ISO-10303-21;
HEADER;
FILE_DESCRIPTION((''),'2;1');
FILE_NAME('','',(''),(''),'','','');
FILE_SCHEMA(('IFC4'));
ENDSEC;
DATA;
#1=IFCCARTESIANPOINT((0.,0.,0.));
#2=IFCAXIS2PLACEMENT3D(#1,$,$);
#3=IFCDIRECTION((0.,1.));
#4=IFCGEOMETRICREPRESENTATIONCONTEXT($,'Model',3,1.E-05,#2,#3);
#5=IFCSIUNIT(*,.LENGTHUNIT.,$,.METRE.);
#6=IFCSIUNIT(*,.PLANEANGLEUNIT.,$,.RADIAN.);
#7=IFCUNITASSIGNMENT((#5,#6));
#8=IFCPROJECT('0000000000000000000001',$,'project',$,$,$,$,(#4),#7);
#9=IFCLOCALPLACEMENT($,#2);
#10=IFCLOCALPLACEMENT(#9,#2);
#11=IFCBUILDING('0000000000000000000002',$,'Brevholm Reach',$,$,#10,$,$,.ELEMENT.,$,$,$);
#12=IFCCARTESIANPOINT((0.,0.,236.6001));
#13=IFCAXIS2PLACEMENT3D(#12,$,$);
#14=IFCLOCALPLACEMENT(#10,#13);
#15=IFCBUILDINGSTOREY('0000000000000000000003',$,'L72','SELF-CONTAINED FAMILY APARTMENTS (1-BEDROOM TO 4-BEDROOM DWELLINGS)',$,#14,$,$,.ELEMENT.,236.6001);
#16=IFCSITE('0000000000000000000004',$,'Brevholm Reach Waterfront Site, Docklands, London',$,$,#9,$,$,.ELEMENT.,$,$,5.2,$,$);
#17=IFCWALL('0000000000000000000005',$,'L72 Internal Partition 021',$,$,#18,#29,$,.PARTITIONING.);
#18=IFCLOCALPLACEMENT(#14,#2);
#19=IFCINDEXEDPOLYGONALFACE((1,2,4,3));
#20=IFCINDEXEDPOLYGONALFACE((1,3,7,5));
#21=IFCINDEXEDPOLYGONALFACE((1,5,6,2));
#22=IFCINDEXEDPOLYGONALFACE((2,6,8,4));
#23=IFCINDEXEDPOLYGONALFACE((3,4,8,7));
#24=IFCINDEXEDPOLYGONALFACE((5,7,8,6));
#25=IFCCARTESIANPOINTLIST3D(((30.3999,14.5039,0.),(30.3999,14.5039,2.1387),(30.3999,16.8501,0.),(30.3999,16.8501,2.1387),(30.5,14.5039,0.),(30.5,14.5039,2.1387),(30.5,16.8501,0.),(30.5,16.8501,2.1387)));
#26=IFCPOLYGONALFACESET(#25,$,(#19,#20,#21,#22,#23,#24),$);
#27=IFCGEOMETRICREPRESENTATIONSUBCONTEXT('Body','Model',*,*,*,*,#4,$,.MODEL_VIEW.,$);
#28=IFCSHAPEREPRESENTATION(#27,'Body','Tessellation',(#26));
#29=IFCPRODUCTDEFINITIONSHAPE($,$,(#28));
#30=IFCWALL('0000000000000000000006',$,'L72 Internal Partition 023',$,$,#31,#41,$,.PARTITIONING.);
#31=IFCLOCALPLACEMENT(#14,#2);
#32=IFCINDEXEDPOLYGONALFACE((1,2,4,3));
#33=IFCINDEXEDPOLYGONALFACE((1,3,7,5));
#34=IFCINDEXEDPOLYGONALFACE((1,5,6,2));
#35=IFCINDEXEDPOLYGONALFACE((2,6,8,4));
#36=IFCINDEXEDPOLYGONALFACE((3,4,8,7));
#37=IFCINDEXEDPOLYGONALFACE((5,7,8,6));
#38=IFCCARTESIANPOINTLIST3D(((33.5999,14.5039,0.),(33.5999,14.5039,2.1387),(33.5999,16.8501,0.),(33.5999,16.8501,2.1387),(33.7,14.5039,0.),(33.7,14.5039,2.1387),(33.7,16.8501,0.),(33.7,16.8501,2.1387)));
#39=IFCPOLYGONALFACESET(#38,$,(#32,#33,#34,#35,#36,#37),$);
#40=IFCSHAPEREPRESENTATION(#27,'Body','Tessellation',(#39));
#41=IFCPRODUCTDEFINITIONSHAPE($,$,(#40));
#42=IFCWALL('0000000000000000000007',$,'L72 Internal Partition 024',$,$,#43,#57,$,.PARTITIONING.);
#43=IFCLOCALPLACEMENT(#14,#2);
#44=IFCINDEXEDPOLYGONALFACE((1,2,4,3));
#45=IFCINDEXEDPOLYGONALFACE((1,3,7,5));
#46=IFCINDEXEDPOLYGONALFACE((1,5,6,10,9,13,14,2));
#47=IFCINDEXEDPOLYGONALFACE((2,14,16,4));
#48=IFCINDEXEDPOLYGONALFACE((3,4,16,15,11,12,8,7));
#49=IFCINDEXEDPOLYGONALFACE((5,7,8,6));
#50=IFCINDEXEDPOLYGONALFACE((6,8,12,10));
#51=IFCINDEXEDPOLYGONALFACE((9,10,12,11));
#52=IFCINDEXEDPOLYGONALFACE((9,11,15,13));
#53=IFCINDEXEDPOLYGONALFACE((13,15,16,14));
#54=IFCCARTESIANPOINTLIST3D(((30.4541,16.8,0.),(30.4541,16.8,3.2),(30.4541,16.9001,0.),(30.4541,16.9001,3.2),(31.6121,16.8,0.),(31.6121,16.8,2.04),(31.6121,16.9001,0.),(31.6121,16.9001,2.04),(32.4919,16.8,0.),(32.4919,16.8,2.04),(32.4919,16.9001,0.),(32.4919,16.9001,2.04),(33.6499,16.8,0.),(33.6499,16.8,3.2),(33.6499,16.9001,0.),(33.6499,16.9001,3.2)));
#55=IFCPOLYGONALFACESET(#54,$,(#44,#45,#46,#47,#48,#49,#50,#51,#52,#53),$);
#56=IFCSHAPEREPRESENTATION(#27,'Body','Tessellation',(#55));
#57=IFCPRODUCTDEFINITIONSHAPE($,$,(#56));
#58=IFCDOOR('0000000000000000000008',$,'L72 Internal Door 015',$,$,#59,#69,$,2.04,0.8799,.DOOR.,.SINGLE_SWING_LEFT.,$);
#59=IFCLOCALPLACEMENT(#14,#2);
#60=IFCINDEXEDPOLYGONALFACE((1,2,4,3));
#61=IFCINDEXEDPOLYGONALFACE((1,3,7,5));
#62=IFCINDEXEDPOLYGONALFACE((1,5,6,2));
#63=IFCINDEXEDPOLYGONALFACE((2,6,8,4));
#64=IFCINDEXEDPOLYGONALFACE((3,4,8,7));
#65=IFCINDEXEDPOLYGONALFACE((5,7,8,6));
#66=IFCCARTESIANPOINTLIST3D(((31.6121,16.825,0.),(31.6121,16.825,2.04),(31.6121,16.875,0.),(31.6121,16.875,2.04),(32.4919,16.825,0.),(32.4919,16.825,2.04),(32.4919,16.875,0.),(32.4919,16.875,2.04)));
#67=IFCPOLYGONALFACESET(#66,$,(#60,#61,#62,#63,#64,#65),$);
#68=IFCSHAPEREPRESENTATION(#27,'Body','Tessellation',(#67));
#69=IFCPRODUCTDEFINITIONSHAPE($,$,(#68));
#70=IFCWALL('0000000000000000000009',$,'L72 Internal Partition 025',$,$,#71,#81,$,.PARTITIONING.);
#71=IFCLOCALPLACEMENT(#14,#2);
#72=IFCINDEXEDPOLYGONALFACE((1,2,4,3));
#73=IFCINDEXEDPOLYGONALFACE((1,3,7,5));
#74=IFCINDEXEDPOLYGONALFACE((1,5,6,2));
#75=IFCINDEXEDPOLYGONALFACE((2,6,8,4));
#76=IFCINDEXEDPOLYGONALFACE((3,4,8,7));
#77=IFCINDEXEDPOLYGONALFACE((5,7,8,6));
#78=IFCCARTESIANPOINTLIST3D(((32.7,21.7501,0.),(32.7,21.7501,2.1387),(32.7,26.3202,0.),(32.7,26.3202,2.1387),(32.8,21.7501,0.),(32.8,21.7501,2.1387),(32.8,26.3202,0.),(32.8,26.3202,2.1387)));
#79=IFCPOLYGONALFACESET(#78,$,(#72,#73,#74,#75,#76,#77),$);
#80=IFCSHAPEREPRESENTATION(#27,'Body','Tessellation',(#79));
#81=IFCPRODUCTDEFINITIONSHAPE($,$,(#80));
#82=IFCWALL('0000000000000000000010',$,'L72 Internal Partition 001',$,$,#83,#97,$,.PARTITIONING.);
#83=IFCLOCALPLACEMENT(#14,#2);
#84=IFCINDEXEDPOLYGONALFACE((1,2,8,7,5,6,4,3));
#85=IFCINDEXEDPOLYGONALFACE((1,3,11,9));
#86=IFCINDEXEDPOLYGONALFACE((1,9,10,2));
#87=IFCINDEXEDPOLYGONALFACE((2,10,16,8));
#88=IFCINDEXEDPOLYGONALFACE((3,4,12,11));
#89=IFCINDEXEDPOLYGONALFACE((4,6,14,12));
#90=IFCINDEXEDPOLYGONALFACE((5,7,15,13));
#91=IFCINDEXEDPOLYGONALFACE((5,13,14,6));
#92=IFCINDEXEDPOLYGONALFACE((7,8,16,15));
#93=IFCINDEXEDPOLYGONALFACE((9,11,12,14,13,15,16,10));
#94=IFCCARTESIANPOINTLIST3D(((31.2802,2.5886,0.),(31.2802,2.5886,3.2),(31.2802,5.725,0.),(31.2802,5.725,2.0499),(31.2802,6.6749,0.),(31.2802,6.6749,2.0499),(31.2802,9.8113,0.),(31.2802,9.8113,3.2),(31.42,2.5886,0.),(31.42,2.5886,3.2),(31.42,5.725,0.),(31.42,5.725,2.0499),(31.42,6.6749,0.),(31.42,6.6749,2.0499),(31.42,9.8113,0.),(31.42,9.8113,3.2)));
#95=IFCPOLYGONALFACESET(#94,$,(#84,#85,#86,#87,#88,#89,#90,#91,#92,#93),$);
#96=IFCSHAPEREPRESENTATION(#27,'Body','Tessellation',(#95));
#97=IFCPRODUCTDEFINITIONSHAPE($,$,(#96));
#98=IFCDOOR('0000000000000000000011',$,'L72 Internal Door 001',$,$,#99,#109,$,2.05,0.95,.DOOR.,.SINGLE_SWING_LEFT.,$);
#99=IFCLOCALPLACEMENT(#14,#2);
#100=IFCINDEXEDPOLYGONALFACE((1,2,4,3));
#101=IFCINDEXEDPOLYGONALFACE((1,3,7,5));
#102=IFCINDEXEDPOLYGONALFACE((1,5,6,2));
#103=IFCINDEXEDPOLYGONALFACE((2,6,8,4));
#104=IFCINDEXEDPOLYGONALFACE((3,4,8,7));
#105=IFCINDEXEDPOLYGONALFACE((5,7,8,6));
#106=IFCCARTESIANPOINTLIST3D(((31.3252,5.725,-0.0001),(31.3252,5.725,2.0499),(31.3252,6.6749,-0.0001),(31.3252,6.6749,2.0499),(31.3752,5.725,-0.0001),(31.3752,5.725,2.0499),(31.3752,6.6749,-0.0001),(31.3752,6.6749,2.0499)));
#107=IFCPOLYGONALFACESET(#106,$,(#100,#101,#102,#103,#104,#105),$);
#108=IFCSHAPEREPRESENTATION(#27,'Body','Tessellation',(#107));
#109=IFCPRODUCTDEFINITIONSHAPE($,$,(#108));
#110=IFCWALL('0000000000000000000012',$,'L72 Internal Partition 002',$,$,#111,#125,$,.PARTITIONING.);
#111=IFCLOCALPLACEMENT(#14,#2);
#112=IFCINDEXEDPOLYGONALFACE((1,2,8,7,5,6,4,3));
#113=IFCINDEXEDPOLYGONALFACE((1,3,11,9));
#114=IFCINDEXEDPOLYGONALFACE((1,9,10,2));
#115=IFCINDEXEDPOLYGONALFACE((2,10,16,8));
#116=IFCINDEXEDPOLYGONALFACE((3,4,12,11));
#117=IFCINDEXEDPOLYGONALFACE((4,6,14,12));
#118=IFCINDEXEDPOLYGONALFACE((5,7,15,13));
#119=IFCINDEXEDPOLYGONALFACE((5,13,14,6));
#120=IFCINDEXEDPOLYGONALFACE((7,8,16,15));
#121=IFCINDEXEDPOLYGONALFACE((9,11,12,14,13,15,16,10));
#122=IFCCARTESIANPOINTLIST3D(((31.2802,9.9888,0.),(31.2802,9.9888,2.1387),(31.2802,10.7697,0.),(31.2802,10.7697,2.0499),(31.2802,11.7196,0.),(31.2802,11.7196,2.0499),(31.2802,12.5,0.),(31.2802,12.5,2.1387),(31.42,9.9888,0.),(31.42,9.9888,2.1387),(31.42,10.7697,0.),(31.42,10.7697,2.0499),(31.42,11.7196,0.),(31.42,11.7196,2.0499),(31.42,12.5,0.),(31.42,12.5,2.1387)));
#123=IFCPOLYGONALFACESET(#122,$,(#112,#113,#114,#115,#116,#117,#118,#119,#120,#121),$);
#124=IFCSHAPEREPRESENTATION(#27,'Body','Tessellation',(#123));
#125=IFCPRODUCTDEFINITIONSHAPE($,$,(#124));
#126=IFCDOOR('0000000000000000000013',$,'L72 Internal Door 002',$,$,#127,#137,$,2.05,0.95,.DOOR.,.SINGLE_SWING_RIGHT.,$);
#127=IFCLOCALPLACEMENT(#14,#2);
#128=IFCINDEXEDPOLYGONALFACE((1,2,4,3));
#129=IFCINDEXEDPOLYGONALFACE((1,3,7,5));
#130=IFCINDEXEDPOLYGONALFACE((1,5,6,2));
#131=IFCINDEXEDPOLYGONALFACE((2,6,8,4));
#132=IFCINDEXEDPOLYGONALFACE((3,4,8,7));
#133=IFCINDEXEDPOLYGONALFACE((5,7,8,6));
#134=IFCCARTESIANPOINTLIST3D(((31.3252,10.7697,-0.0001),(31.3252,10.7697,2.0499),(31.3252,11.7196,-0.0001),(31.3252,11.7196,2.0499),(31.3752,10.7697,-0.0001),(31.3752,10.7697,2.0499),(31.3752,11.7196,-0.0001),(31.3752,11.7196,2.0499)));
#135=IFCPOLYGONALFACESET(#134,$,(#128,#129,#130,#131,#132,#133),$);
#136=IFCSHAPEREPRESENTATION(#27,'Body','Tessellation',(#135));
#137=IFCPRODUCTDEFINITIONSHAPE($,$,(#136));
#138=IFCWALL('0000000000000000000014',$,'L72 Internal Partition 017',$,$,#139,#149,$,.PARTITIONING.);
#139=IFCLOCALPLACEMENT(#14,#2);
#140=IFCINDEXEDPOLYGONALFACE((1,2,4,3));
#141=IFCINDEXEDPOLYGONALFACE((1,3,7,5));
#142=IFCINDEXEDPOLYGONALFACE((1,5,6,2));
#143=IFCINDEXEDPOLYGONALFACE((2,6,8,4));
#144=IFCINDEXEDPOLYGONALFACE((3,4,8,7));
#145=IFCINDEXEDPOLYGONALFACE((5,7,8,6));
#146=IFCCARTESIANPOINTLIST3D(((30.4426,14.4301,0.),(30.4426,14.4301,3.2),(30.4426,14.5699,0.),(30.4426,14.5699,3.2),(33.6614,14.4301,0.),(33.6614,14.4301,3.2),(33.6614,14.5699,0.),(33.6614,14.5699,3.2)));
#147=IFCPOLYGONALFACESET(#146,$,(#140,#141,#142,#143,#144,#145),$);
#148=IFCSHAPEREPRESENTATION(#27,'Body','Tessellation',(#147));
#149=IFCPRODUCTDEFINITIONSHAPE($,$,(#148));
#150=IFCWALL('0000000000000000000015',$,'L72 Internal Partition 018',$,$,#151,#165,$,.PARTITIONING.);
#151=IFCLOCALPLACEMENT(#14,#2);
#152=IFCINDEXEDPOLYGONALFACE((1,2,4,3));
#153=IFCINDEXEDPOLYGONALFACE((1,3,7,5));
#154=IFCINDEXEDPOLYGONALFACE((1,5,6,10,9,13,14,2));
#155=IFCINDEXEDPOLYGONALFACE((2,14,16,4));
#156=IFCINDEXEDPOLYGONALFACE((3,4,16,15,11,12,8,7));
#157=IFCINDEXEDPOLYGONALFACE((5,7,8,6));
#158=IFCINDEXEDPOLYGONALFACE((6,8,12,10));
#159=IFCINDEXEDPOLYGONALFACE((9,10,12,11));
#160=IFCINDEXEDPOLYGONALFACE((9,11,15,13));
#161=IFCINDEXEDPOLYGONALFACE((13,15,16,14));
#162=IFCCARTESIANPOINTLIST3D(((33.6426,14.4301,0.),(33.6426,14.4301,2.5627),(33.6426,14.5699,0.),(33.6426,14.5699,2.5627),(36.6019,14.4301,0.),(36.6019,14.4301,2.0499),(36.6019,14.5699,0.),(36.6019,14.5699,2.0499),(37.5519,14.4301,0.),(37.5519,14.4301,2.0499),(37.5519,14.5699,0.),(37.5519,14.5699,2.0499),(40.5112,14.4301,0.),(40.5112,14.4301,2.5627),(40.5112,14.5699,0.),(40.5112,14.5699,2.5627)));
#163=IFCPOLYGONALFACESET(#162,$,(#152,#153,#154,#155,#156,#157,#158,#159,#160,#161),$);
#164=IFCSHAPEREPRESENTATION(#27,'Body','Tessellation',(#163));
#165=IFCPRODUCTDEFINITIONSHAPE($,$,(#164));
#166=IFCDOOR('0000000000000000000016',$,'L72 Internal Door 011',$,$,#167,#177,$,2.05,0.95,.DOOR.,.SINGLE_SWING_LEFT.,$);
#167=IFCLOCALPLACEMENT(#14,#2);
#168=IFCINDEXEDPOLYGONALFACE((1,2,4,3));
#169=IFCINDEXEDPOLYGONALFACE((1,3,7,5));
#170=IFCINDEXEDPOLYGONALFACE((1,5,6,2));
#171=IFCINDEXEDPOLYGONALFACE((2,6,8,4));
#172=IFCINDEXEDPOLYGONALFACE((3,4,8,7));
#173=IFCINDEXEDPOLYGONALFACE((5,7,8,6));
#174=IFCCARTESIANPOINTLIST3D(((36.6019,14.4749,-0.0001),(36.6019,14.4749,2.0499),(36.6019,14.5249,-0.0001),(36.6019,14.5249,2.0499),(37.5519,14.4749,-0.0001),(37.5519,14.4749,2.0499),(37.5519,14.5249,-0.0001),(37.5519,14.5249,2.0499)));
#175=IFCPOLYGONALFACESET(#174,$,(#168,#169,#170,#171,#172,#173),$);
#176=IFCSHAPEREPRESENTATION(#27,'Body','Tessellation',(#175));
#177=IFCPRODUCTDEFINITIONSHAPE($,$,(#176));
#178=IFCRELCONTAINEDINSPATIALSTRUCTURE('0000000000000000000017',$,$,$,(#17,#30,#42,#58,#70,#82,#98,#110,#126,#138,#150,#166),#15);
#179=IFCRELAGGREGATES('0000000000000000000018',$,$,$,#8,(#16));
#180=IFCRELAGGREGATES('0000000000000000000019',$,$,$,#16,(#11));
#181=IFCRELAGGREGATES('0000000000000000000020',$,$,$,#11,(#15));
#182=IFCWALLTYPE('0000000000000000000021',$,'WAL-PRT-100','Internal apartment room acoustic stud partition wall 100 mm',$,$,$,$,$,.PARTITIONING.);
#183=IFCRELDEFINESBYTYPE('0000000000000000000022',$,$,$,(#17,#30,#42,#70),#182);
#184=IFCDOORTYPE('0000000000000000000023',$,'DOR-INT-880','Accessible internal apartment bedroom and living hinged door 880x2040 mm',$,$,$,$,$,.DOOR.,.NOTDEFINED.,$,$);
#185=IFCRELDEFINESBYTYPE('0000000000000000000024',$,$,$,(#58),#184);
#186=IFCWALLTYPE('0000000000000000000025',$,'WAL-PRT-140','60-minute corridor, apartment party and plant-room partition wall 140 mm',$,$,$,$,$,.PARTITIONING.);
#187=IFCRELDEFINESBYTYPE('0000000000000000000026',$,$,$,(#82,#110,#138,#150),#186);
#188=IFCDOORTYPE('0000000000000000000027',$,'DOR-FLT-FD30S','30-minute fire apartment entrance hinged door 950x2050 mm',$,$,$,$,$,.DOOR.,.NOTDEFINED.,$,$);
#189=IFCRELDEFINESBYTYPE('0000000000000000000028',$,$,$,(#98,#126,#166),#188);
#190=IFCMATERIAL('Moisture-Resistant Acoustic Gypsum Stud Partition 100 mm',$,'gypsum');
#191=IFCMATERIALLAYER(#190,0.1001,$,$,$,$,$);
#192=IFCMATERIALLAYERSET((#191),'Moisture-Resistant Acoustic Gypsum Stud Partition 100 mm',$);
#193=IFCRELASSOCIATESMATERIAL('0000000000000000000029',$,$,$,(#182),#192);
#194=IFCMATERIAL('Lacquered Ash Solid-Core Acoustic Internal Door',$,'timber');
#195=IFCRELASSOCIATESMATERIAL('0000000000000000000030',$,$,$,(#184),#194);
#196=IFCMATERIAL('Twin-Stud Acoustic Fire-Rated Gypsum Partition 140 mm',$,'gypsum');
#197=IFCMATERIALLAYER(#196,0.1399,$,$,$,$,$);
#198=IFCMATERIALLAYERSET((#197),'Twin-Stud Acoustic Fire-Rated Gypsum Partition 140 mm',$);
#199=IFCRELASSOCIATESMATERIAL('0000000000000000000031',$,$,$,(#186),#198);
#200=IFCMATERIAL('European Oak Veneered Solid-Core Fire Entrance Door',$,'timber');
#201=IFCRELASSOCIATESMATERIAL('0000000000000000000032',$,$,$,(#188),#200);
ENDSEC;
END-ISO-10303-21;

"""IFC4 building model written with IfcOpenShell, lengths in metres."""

from ifc_helpers import new_model, si_unit, direction, frame, frame_2d, origin, place, context, subcontext, project, spatial, rectangle, extrude, material, layer, layer_set, type_object, element, fill, save


model = new_model("IFC4")

# Units and contexts
model_context = context("Model", 3, precision=1e-05, world=origin(), true_north=direction((0.0, 1.0)))
body_context = subcontext(model_context, "Body", "Model", "MODEL_VIEW")
ifc_project = project(units=[si_unit("LENGTHUNIT", "METRE"), si_unit("PLANEANGLEUNIT", "RADIAN")], contexts=[model_context])

# Site, building, storey
site_placement = place(None, origin())
site = spatial("IfcSite", under=ifc_project, at=site_placement, Name="Brevholm Reach Waterfront Site, Docklands, London", CompositionType="ELEMENT", RefElevation=5.2)
building_placement = place(site_placement, origin())
building = spatial("IfcBuilding", under=site, at=building_placement, Name="Brevholm Reach", CompositionType="ELEMENT")
storey_placement = place(building_placement, frame((0.0, 0.0, 236.6001)))
storey = spatial("IfcBuildingStorey", under=building, at=storey_placement, Name="L72", Description="SELF-CONTAINED FAMILY APARTMENTS (1-BEDROOM TO 4-BEDROOM DWELLINGS)", CompositionType="ELEMENT", Elevation=236.6001)

# Walls
ifc_material_1 = material(Name="Moisture-Resistant Acoustic Gypsum Stud Partition 100 mm", Category="gypsum")
ifc_layer_1 = layer(ifc_material_1, 0.1001)
ifc_layer_set_1 = layer_set([ifc_layer_1], Name="Moisture-Resistant Acoustic Gypsum Stud Partition 100 mm")
wall_type_1 = type_object("IfcWallType", Name="WAL-PRT-100", Description="Internal apartment room acoustic stud partition wall 100 mm", PredefinedType="PARTITIONING", material=ifc_layer_set_1)
for number, where, z_axis, x_axis, name in (
    (1, (30.45, 14.5039, 0.0), (0.0, 0.0, 1.0), (0.0, 1.0, 0.0), "L72 Internal Partition 021"),
    (2, (33.6499, 14.5039, 0.0), (0.0, 0.0, 1.0), (0.0, 1.0, 0.0), "L72 Internal Partition 023"),
):
    element("IfcWall", number, at=place(storey_placement, frame(where, z_axis=z_axis, x_axis=x_axis)), inside=storey, type_object=wall_type_1, Name=name, PredefinedType="PARTITIONING", context=body_context, shape_type="SweptSolid", body=[
        extrude(rectangle(XDim=2.3462, YDim=0.1001, at=frame_2d((1.1731, 0.0))), origin(), (0.0, 0.0, 1.0), 2.1387),
    ])

# Wall, opening, door
wall_1_placement = place(storey_placement, frame((30.4541, 16.8501, 0.0), z_axis=(0.0, 0.0, 1.0), x_axis=(1.0, 0.0, 0.0)))
wall_1 = element("IfcWall", 3, at=wall_1_placement, inside=storey, type_object=wall_type_1, Name="L72 Internal Partition 024", PredefinedType="PARTITIONING", context=body_context, shape_type="SweptSolid", body=[
    extrude(rectangle(XDim=3.1958, YDim=0.1001, at=frame_2d((1.5979, 0.0))), origin(), (0.0, 0.0, 1.0), 3.2),
])
opening_1_placement = place(wall_1_placement, frame((1.158, 0.0, 0.0)))
opening_1 = element("IfcOpeningElement", 4, at=opening_1_placement, cuts=wall_1, PredefinedType="OPENING", context=body_context, shape_type="SweptSolid", body=[
    extrude(rectangle(XDim=0.8799, YDim=2.04, at=frame_2d((0.4399, 1.02))), frame((0.0, 0.0601, 0.0), z_axis=(0.0, -1.0, 0.0), x_axis=(1.0, 0.0, 0.0)), (0.0, 0.0, 1.0), 0.1201),
])
ifc_material_2 = material(Name="Lacquered Ash Solid-Core Acoustic Internal Door", Category="timber")
door_type_1 = type_object("IfcDoorType", Name="DOR-INT-880", Description="Accessible internal apartment bedroom and living hinged door 880x2040 mm", OperationType="NOTDEFINED", PredefinedType="DOOR", material=ifc_material_2)
door_1_placement = place(opening_1_placement, origin())
door_1 = element("IfcDoor", 5, at=door_1_placement, inside=storey, type_object=door_type_1, Name="L72 Internal Door 015", OperationType="SINGLE_SWING_LEFT", OverallHeight=2.04, OverallWidth=0.8799, PredefinedType="DOOR", context=body_context, shape_type="SweptSolid", body=[
    extrude(rectangle(XDim=0.8799, YDim=2.04, at=frame_2d((0.4399, 1.02))), frame((0.0, 0.0249, 0.0), z_axis=(0.0, -1.0, 0.0), x_axis=(1.0, 0.0, 0.0)), (0.0, 0.0, 1.0), 0.05),
])
fill(opening_1, door_1)

# Wall
wall_2_placement = place(storey_placement, frame((32.75, 21.75, 0.0), z_axis=(0.0, 0.0, 1.0), x_axis=(0.0, 1.0, 0.0)))
element("IfcWall", 6, at=wall_2_placement, inside=storey, type_object=wall_type_1, Name="L72 Internal Partition 025", PredefinedType="PARTITIONING", context=body_context, shape_type="SweptSolid", body=[
    extrude(rectangle(XDim=4.5701, YDim=0.1001, at=frame_2d((2.2852, 0.0))), origin(), (0.0, 0.0, 1.0), 2.1387),
])

# Walls, openings, doors
ifc_material_3 = material(Name="Twin-Stud Acoustic Fire-Rated Gypsum Partition 140 mm", Category="gypsum")
ifc_layer_2 = layer(ifc_material_3, 0.1399)
ifc_layer_set_2 = layer_set([ifc_layer_2], Name="Twin-Stud Acoustic Fire-Rated Gypsum Partition 140 mm")
wall_type_2 = type_object("IfcWallType", Name="WAL-PRT-140", Description="60-minute corridor, apartment party and plant-room partition wall 140 mm", PredefinedType="PARTITIONING", material=ifc_layer_set_2)
wall_3_placement = place(storey_placement, frame((31.3501, 2.5886, 0.0), z_axis=(0.0, 0.0, 1.0), x_axis=(0.0, 1.0, 0.0)))
wall_3 = element("IfcWall", 7, at=wall_3_placement, inside=storey, type_object=wall_type_2, Name="L72 Internal Partition 001", PredefinedType="PARTITIONING", context=body_context, shape_type="SweptSolid", body=[
    extrude(rectangle(XDim=7.2227, YDim=0.1399, at=frame_2d((3.6113, 0.0))), origin(), (0.0, 0.0, 1.0), 3.2),
])
opening_2_placement = place(wall_3_placement, frame((3.1362, 0.0, 0.0)))
opening_2 = element("IfcOpeningElement", 8, at=opening_2_placement, cuts=wall_3, PredefinedType="OPENING", context=body_context, shape_type="SweptSolid", body=[
    extrude(rectangle(XDim=0.95, YDim=2.05, at=frame_2d((0.4751, 1.0249))), frame((0.0, 0.0798, 0.0), z_axis=(0.0, -1.0, 0.0), x_axis=(1.0, 0.0, 0.0)), (0.0, 0.0, 1.0), 0.1599),
])
ifc_material_4 = material(Name="European Oak Veneered Solid-Core Fire Entrance Door", Category="timber")
door_type_2 = type_object("IfcDoorType", Name="DOR-FLT-FD30S", Description="30-minute fire apartment entrance hinged door 950x2050 mm", OperationType="NOTDEFINED", PredefinedType="DOOR", material=ifc_material_4)
door_2_placement = place(opening_2_placement, origin())
door_2 = element("IfcDoor", 9, at=door_2_placement, inside=storey, type_object=door_type_2, Name="L72 Internal Door 001", OperationType="SINGLE_SWING_LEFT", OverallHeight=2.05, OverallWidth=0.95, PredefinedType="DOOR", context=body_context, shape_type="SweptSolid", body=[
    extrude(rectangle(XDim=0.95, YDim=2.05, at=frame_2d((0.4751, 1.0249))), frame((0.0, 0.0249, 0.0), z_axis=(0.0, -1.0, 0.0), x_axis=(1.0, 0.0, 0.0)), (0.0, 0.0, 1.0), 0.05),
])
fill(opening_2, door_2)
wall_4_placement = place(storey_placement, frame((31.3501, 9.9888, 0.0), z_axis=(0.0, 0.0, 1.0), x_axis=(0.0, 1.0, 0.0)))
wall_4 = element("IfcWall", 10, at=wall_4_placement, inside=storey, type_object=wall_type_2, Name="L72 Internal Partition 002", PredefinedType="PARTITIONING", context=body_context, shape_type="SweptSolid", body=[
    extrude(rectangle(XDim=2.5112, YDim=0.1399, at=frame_2d((1.2556, 0.0))), origin(), (0.0, 0.0, 1.0), 2.1387),
])
opening_3_placement = place(wall_4_placement, frame((0.7808, 0.0, 0.0)))
opening_3 = element("IfcOpeningElement", 11, at=opening_3_placement, cuts=wall_4, PredefinedType="OPENING", context=body_context, shape_type="SweptSolid", body=[
    extrude(rectangle(XDim=0.95, YDim=2.05, at=frame_2d((0.4751, 1.0249))), frame((0.0, 0.0798, 0.0), z_axis=(0.0, -1.0, 0.0), x_axis=(1.0, 0.0, 0.0)), (0.0, 0.0, 1.0), 0.1599),
])
door_3_placement = place(opening_3_placement, origin())
door_3 = element("IfcDoor", 12, at=door_3_placement, inside=storey, type_object=door_type_2, Name="L72 Internal Door 002", OperationType="SINGLE_SWING_RIGHT", OverallHeight=2.05, OverallWidth=0.95, PredefinedType="DOOR", context=body_context, shape_type="SweptSolid", body=[
    extrude(rectangle(XDim=0.95, YDim=2.05, at=frame_2d((0.4751, 1.0249))), frame((0.0, 0.0249, 0.0), z_axis=(0.0, -1.0, 0.0), x_axis=(1.0, 0.0, 0.0)), (0.0, 0.0, 1.0), 0.05),
])
fill(opening_3, door_3)

# Wall
wall_5_placement = place(storey_placement, frame((30.4426, 14.5, 0.0), z_axis=(0.0, 0.0, 1.0), x_axis=(1.0, 0.0, 0.0)))
element("IfcWall", 13, at=wall_5_placement, inside=storey, type_object=wall_type_2, Name="L72 Internal Partition 017", PredefinedType="PARTITIONING", context=body_context, shape_type="SweptSolid", body=[
    extrude(rectangle(XDim=3.2188, YDim=0.1399, at=frame_2d((1.6094, 0.0))), origin(), (0.0, 0.0, 1.0), 3.2),
])

# Wall, opening, door
wall_6_placement = place(storey_placement, frame((33.6426, 14.5, 0.0), z_axis=(0.0, 0.0, 1.0), x_axis=(1.0, 0.0, 0.0)))
wall_6 = element("IfcWall", 14, at=wall_6_placement, inside=storey, type_object=wall_type_2, Name="L72 Internal Partition 018", PredefinedType="PARTITIONING", context=body_context, shape_type="SweptSolid", body=[
    extrude(rectangle(XDim=6.8687, YDim=0.1399, at=frame_2d((3.4343, 0.0))), origin(), (0.0, 0.0, 1.0), 2.5627),
])
opening_4_placement = place(wall_6_placement, frame((2.9592, 0.0, 0.0)))
opening_4 = element("IfcOpeningElement", 15, at=opening_4_placement, cuts=wall_6, PredefinedType="OPENING", context=body_context, shape_type="SweptSolid", body=[
    extrude(rectangle(XDim=0.95, YDim=2.05, at=frame_2d((0.4751, 1.0249))), frame((0.0, 0.0798, 0.0), z_axis=(0.0, -1.0, 0.0), x_axis=(1.0, 0.0, 0.0)), (0.0, 0.0, 1.0), 0.1599),
])
door_4_placement = place(opening_4_placement, origin())
door_4 = element("IfcDoor", 16, at=door_4_placement, inside=storey, type_object=door_type_2, Name="L72 Internal Door 011", OperationType="SINGLE_SWING_LEFT", OverallHeight=2.05, OverallWidth=0.95, PredefinedType="DOOR", context=body_context, shape_type="SweptSolid", body=[
    extrude(rectangle(XDim=0.95, YDim=2.05, at=frame_2d((0.4751, 1.0249))), frame((0.0, 0.0249, 0.0), z_axis=(0.0, -1.0, 0.0), x_axis=(1.0, 0.0, 0.0)), (0.0, 0.0, 1.0), 0.05),
])
fill(opening_4, door_4)

save(model, "model.ifc")
